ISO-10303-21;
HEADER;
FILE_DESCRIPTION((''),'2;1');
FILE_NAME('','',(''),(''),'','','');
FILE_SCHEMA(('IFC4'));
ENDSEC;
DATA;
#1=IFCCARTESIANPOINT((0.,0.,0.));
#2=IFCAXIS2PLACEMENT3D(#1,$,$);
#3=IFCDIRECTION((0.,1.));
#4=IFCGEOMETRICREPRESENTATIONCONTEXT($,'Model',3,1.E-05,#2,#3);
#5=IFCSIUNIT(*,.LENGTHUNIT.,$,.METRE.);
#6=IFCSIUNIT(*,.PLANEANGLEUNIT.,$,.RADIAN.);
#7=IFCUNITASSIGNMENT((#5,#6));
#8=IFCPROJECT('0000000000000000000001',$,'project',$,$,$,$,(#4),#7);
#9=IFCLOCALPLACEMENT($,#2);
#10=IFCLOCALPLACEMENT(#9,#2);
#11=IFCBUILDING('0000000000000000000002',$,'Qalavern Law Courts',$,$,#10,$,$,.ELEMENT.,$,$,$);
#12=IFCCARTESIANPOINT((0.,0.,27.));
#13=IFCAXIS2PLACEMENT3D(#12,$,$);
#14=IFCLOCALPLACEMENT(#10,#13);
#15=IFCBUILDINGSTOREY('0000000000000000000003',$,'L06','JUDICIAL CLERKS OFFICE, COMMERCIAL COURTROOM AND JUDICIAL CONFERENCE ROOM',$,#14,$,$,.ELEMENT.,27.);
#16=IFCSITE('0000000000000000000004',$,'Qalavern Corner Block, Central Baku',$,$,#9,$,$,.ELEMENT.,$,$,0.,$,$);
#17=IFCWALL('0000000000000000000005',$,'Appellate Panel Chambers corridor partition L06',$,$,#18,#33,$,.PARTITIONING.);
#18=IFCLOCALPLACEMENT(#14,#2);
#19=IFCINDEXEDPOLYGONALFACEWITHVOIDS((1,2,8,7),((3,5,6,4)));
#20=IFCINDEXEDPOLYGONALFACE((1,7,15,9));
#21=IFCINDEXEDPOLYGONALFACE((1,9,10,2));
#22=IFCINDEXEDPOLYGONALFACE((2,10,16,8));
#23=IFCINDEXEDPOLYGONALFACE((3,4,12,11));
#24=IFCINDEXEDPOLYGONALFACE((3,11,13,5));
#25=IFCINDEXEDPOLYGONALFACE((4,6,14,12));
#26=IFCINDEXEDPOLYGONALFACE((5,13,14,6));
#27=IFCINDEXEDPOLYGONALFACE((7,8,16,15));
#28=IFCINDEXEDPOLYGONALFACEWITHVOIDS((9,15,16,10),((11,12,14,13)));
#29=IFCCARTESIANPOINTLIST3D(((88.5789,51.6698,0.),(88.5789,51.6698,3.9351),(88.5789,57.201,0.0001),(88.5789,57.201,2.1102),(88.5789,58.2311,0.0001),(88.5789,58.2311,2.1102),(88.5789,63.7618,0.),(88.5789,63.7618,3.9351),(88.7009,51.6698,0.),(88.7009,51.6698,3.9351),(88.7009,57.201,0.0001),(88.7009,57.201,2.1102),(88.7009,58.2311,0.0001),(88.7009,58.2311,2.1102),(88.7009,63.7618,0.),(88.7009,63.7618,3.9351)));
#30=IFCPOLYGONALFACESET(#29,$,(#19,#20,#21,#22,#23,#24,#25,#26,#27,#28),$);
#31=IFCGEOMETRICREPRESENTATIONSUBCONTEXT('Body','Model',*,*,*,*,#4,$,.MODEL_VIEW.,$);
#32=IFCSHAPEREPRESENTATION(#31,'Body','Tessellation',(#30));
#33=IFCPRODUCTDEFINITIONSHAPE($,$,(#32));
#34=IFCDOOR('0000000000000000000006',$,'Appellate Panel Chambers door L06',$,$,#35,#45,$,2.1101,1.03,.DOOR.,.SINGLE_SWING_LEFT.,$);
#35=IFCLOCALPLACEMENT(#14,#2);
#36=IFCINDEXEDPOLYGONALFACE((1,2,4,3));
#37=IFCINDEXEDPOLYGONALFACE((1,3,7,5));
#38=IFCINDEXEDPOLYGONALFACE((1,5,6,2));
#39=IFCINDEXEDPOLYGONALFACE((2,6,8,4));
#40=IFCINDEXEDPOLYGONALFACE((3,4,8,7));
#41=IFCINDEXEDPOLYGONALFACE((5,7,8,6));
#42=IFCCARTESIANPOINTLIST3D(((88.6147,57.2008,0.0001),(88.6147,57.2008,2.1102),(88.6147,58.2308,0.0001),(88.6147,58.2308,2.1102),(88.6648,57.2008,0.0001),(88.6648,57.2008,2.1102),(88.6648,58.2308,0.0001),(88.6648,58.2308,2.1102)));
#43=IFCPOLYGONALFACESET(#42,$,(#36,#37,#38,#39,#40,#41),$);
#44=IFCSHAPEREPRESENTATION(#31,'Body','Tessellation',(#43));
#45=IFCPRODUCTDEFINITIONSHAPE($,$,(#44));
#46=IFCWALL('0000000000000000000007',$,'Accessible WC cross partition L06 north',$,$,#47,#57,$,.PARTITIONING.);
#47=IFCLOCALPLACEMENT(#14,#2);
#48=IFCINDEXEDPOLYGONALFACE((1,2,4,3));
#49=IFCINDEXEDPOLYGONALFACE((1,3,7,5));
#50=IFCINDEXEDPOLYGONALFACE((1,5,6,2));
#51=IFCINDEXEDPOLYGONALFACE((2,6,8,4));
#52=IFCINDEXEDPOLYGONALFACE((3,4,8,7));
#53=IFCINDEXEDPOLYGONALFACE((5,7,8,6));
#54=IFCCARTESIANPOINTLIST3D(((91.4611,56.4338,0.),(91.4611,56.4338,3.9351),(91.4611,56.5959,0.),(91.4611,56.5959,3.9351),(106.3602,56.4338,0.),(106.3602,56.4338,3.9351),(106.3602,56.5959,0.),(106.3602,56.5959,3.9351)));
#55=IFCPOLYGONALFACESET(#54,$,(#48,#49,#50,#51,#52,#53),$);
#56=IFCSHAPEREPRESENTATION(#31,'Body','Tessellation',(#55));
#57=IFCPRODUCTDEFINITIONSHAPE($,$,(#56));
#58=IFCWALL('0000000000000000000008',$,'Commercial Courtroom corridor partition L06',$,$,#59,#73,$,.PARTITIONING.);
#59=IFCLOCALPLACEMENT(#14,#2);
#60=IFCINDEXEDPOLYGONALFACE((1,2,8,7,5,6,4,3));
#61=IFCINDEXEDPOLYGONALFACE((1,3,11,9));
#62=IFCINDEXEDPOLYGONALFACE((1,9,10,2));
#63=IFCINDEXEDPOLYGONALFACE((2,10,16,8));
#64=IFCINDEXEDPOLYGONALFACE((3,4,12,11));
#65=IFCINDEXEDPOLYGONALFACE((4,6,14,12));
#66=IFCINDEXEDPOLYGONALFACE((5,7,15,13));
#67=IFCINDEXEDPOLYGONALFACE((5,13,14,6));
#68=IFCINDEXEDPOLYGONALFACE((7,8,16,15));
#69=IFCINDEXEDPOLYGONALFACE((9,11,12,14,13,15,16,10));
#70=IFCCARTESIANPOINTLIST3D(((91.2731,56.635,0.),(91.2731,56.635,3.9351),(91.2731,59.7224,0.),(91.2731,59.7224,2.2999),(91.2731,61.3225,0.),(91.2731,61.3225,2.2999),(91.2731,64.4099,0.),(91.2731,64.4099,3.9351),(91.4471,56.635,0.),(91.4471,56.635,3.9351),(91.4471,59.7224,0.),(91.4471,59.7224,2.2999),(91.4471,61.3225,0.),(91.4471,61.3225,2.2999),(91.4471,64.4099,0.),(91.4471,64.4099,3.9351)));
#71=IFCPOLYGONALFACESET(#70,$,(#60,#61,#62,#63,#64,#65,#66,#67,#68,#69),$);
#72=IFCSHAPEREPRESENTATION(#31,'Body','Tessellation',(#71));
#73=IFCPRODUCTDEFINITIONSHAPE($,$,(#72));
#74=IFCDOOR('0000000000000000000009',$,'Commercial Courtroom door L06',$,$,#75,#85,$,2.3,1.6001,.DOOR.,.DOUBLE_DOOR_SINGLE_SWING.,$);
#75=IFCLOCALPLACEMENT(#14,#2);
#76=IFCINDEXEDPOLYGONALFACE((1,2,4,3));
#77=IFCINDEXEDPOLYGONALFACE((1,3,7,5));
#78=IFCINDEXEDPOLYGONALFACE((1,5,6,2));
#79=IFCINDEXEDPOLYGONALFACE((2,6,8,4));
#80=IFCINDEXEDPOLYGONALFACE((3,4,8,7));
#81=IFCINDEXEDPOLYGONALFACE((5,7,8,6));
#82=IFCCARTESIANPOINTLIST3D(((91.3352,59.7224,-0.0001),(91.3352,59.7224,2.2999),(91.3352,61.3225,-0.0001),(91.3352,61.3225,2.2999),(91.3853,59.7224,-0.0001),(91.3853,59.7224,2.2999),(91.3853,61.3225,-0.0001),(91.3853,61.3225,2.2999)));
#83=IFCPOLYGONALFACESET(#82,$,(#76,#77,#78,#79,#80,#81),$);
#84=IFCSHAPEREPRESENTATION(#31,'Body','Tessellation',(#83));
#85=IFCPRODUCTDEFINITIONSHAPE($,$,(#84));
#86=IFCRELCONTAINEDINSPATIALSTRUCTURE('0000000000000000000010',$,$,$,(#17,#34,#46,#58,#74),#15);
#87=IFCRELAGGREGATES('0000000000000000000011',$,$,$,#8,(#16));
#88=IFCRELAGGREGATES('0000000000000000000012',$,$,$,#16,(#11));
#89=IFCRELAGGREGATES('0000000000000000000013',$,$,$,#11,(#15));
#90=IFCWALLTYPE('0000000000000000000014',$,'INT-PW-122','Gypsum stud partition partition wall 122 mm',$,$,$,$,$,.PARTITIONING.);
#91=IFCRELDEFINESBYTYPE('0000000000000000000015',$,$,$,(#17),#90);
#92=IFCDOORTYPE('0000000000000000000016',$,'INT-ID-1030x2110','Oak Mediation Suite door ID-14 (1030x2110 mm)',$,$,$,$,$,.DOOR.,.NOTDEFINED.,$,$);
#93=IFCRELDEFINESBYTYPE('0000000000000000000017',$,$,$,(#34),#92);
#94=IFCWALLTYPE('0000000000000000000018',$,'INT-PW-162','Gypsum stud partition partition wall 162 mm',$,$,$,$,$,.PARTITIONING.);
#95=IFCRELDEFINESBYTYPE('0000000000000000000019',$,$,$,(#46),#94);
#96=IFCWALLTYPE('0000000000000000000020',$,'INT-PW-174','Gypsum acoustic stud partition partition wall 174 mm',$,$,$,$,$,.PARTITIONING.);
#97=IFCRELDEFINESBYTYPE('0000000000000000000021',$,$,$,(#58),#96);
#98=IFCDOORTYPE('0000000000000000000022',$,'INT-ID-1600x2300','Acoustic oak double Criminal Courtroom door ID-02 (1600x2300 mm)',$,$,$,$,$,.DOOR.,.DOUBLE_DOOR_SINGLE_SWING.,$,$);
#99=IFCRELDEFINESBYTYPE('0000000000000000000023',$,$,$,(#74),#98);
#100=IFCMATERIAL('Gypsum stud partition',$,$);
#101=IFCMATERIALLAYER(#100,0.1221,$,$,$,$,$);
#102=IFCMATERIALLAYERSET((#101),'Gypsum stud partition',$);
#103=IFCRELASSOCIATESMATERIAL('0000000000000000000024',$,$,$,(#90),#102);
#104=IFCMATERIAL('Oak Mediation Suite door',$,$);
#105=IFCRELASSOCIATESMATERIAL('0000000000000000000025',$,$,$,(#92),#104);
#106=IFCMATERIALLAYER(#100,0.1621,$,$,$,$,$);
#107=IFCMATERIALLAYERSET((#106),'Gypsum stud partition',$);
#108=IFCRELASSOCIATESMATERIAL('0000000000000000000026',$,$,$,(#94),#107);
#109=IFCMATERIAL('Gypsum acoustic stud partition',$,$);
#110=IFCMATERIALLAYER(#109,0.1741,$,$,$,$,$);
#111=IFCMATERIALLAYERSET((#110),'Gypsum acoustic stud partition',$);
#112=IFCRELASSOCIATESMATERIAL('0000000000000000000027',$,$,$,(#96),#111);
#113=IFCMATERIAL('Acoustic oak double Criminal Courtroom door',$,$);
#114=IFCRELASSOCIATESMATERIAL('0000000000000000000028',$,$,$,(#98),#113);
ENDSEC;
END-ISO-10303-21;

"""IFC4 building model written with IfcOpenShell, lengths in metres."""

from ifc_helpers import new_model, si_unit, direction, frame, frame_2d, origin, place, context, subcontext, project, spatial, rectangle, extrude, material, layer, layer_set, type_object, element, fill, save


model = new_model("IFC4")

# Units and contexts
model_context = context("Model", 3, precision=1e-05, world=origin(), true_north=direction((0.0, 1.0)))
body_context = subcontext(model_context, "Body", "Model", "MODEL_VIEW")
ifc_project = project(units=[si_unit("LENGTHUNIT", "METRE"), si_unit("PLANEANGLEUNIT", "RADIAN")], contexts=[model_context])

# Site, building, storey
site_placement = place(None, origin())
site = spatial("IfcSite", under=ifc_project, at=site_placement, Name="Qalavern Corner Block, Central Baku", CompositionType="ELEMENT", RefElevation=0.0)
building_placement = place(site_placement, origin())
building = spatial("IfcBuilding", under=site, at=building_placement, Name="Qalavern Law Courts", CompositionType="ELEMENT")
storey_placement = place(building_placement, frame((0.0, 0.0, 27.0)))
storey = spatial("IfcBuildingStorey", under=building, at=storey_placement, Name="L06", Description="JUDICIAL CLERKS OFFICE, COMMERCIAL COURTROOM AND JUDICIAL CONFERENCE ROOM", CompositionType="ELEMENT", Elevation=27.0)

# Wall, opening, door
ifc_material_1 = material(Name="Gypsum stud partition")
ifc_layer_1 = layer(ifc_material_1, 0.1221)
ifc_layer_set_1 = layer_set([ifc_layer_1], Name="Gypsum stud partition")
wall_type_1 = type_object("IfcWallType", Name="INT-PW-122", Description="Gypsum stud partition partition wall 122 mm", PredefinedType="PARTITIONING", material=ifc_layer_set_1)
wall_1_placement = place(storey_placement, frame((88.6399, 51.6699, 0.0), z_axis=(0.0, 0.0, 1.0), x_axis=(0.0, 1.0, 0.0)))
wall_1 = element("IfcWall", 1, at=wall_1_placement, inside=storey, type_object=wall_type_1, Name="Appellate Panel Chambers corridor partition L06", PredefinedType="PARTITIONING", context=body_context, shape_type="SweptSolid", body=[
    extrude(rectangle(XDim=12.092, YDim=0.1221, at=frame_2d((6.0459, 0.0))), origin(), (0.0, 0.0, 1.0), 3.9351),
])
opening_1_placement = place(wall_1_placement, frame((5.531, 0.0, 0.0)))
opening_1 = element("IfcOpeningElement", 2, at=opening_1_placement, cuts=wall_1, PredefinedType="OPENING", context=body_context, shape_type="SweptSolid", body=[
    extrude(rectangle(XDim=1.03, YDim=2.1101, at=frame_2d((0.5151, 1.0552))), frame((0.0, 0.0759, 0.0), z_axis=(0.0, -1.0, 0.0), x_axis=(1.0, 0.0, 0.0)), (0.0, 0.0, 1.0), 0.1519),
])
ifc_material_2 = material(Name="Oak Mediation Suite door")
door_type_1 = type_object("IfcDoorType", Name="INT-ID-1030x2110", Description="Oak Mediation Suite door ID-14 (1030x2110 mm)", OperationType="NOTDEFINED", PredefinedType="DOOR", material=ifc_material_2)
door_1_placement = place(opening_1_placement, frame((1.03, 0.0, 0.0), z_axis=(0.0, 0.0, 1.0), x_axis=(-1.0, 0.0, 0.0)))
door_1 = element("IfcDoor", 3, at=door_1_placement, inside=storey, type_object=door_type_1, Name="Appellate Panel Chambers door L06", OperationType="SINGLE_SWING_LEFT", OverallHeight=2.1101, OverallWidth=1.03, PredefinedType="DOOR", context=body_context, shape_type="SweptSolid", body=[
    extrude(rectangle(XDim=1.03, YDim=2.1101, at=frame_2d((0.5151, 1.0552))), frame((0.0, 0.0249, 0.0), z_axis=(0.0, -1.0, 0.0), x_axis=(1.0, 0.0, 0.0)), (0.0, 0.0, 1.0), 0.05),
])
fill(opening_1, door_1)

# Wall
ifc_layer_2 = layer(ifc_material_1, 0.1621)
ifc_layer_set_2 = layer_set([ifc_layer_2], Name="Gypsum stud partition")
wall_type_2 = type_object("IfcWallType", Name="INT-PW-162", Description="Gypsum stud partition partition wall 162 mm", PredefinedType="PARTITIONING", material=ifc_layer_set_2)
wall_2_placement = place(storey_placement, frame((91.4609, 56.5149, 0.0), z_axis=(0.0, 0.0, 1.0), x_axis=(1.0, 0.0, 0.0)))
element("IfcWall", 4, at=wall_2_placement, inside=storey, type_object=wall_type_2, Name="Accessible WC cross partition L06 north", PredefinedType="PARTITIONING", context=body_context, shape_type="SweptSolid", body=[
    extrude(rectangle(XDim=14.8992, YDim=0.1621, at=frame_2d((7.4497, 0.0))), origin(), (0.0, 0.0, 1.0), 3.9351),
])

# Wall, opening, door
ifc_material_3 = material(Name="Gypsum acoustic stud partition")
ifc_layer_3 = layer(ifc_material_3, 0.1741)
ifc_layer_set_3 = layer_set([ifc_layer_3], Name="Gypsum acoustic stud partition")
wall_type_3 = type_object("IfcWallType", Name="INT-PW-174", Description="Gypsum acoustic stud partition partition wall 174 mm", PredefinedType="PARTITIONING", material=ifc_layer_set_3)
wall_3_placement = place(storey_placement, frame((91.3601, 56.635, 0.0), z_axis=(0.0, 0.0, 1.0), x_axis=(0.0, 1.0, 0.0)))
wall_3 = element("IfcWall", 5, at=wall_3_placement, inside=storey, type_object=wall_type_3, Name="Commercial Courtroom corridor partition L06", PredefinedType="PARTITIONING", context=body_context, shape_type="SweptSolid", body=[
    extrude(rectangle(XDim=7.7749, YDim=0.1741, at=frame_2d((3.8875, 0.0))), origin(), (0.0, 0.0, 1.0), 3.9351),
])
opening_2_placement = place(wall_3_placement, frame((3.0874, 0.0, 0.0)))
opening_2 = element("IfcOpeningElement", 6, at=opening_2_placement, cuts=wall_3, PredefinedType="OPENING", context=body_context, shape_type="SweptSolid", body=[
    extrude(rectangle(XDim=1.6001, YDim=2.3, at=frame_2d((0.8, 1.1499))), frame((0.0, 0.1021, 0.0), z_axis=(0.0, -1.0, 0.0), x_axis=(1.0, 0.0, 0.0)), (0.0, 0.0, 1.0), 0.2039),
])
ifc_material_4 = material(Name="Acoustic oak double Criminal Courtroom door")
door_type_2 = type_object("IfcDoorType", Name="INT-ID-1600x2300", Description="Acoustic oak double Criminal Courtroom door ID-02 (1600x2300 mm)", OperationType="DOUBLE_DOOR_SINGLE_SWING", PredefinedType="DOOR", material=ifc_material_4)
door_2_placement = place(opening_2_placement, origin())
door_2 = element("IfcDoor", 7, at=door_2_placement, inside=storey, type_object=door_type_2, Name="Commercial Courtroom door L06", OperationType="DOUBLE_DOOR_SINGLE_SWING", OverallHeight=2.3, OverallWidth=1.6001, PredefinedType="DOOR", context=body_context, shape_type="SweptSolid", body=[
    extrude(rectangle(XDim=1.6001, YDim=2.3, at=frame_2d((0.8, 1.1499))), frame((0.0, 0.0249, 0.0), z_axis=(0.0, -1.0, 0.0), x_axis=(1.0, 0.0, 0.0)), (0.0, 0.0, 1.0), 0.05),
])
fill(opening_2, door_2)

save(model, "model.ifc")
